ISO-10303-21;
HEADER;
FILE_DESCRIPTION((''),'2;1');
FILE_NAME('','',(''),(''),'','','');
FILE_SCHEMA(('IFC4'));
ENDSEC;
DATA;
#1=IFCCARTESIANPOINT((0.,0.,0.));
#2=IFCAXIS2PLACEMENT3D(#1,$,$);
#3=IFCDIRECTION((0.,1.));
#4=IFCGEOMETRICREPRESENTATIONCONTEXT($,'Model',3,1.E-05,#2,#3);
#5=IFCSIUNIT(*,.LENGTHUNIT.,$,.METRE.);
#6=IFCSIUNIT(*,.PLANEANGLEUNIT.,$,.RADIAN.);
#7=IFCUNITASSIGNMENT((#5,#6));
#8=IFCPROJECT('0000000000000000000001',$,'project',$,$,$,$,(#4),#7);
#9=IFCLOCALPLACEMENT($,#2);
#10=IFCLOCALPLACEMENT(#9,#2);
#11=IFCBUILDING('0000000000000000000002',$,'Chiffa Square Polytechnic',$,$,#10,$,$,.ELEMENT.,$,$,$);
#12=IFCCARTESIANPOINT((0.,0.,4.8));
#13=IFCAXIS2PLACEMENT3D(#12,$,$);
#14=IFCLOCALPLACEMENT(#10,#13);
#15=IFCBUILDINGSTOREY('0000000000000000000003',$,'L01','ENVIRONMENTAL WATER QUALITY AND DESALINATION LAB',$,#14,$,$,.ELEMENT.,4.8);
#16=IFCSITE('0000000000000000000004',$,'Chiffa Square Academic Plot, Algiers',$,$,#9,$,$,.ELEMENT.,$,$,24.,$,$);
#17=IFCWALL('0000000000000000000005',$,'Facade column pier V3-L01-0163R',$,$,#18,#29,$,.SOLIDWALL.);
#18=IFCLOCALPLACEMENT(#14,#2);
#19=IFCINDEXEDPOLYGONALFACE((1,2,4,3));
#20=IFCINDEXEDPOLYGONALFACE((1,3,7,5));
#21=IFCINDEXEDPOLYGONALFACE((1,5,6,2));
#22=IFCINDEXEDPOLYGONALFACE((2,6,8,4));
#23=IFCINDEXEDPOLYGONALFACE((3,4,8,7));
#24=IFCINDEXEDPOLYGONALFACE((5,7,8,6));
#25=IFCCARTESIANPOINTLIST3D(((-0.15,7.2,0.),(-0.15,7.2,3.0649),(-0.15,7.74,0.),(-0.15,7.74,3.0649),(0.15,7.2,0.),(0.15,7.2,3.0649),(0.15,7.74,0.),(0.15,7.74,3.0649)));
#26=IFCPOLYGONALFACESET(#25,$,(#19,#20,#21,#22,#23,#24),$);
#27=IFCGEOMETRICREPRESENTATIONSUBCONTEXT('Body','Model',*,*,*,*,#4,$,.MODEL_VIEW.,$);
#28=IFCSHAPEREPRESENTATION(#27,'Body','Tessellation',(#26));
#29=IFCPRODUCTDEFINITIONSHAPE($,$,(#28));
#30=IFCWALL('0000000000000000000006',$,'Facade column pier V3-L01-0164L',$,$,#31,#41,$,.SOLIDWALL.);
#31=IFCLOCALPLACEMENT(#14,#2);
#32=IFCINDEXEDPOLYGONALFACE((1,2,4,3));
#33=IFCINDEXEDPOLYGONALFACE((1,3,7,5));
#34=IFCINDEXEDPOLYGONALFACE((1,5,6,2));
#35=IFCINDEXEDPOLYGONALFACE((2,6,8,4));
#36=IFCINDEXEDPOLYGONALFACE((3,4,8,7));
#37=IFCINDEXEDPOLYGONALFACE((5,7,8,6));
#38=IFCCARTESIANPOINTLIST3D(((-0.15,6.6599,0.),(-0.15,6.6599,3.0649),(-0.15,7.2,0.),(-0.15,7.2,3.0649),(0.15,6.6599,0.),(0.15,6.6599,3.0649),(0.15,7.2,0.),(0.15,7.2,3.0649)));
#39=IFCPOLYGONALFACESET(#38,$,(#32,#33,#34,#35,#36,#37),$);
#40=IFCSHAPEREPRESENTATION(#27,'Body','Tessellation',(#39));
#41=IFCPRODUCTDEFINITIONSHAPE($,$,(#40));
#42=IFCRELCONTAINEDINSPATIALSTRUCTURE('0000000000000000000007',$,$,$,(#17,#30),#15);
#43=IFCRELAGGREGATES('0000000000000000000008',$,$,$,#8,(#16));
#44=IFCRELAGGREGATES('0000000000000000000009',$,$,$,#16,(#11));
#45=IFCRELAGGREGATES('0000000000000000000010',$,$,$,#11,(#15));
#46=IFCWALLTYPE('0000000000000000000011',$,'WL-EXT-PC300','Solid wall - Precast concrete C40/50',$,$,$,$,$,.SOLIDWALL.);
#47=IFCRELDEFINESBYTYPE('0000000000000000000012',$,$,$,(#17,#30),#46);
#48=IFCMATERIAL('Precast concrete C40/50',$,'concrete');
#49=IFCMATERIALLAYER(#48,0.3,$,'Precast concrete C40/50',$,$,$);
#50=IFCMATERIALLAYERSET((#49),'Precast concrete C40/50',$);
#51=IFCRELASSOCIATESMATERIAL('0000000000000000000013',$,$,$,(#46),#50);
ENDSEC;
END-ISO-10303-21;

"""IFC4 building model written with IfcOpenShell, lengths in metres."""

from ifc_helpers import new_model, si_unit, direction, frame, frame_2d, origin, place, context, subcontext, project, spatial, rectangle, extrude, material, layer, layer_set, type_object, element, save


model = new_model("IFC4")

# Units and contexts
model_context = context("Model", 3, precision=1e-05, world=origin(), true_north=direction((0.0, 1.0)))
body_context = subcontext(model_context, "Body", "Model", "MODEL_VIEW")
ifc_project = project(units=[si_unit("LENGTHUNIT", "METRE"), si_unit("PLANEANGLEUNIT", "RADIAN")], contexts=[model_context])

# Site, building, storey
site_placement = place(None, origin())
site = spatial("IfcSite", under=ifc_project, at=site_placement, Name="Chiffa Square Academic Plot, Algiers", CompositionType="ELEMENT", RefElevation=24.0)
building_placement = place(site_placement, origin())
building = spatial("IfcBuilding", under=site, at=building_placement, Name="Chiffa Square Polytechnic", CompositionType="ELEMENT")
storey_placement = place(building_placement, frame((0.0, 0.0, 4.8)))
storey = spatial("IfcBuildingStorey", under=building, at=storey_placement, Name="L01", Description="ENVIRONMENTAL WATER QUALITY AND DESALINATION LAB", CompositionType="ELEMENT", Elevation=4.8)

# Walls
ifc_material_1 = material(Name="Precast concrete C40/50", Category="concrete")
ifc_layer_1 = layer(ifc_material_1, 0.3, Name="Precast concrete C40/50")
ifc_layer_set_1 = layer_set([ifc_layer_1], Name="Precast concrete C40/50")
wall_type = type_object("IfcWallType", Name="WL-EXT-PC300", Description="Solid wall - Precast concrete C40/50", PredefinedType="SOLIDWALL", material=ifc_layer_set_1)
for number, where, z_axis, x_axis, name in (
    (1, (0.0, 7.74, 0.0), (0.0, 0.0, 1.0), (0.0, -1.0, 0.0), "Facade column pier V3-L01-0163R"),
    (2, (0.0, 7.2, 0.0), (0.0, 0.0, 1.0), (0.0, -1.0, 0.0), "Facade column pier V3-L01-0164L"),
):
    element("IfcWall", number, at=place(storey_placement, frame(where, z_axis=z_axis, x_axis=x_axis)), inside=storey, type_object=wall_type, Name=name, PredefinedType="SOLIDWALL", context=body_context, shape_type="SweptSolid", body=[
        extrude(rectangle(XDim=0.54, YDim=0.3, at=frame_2d((0.27, 0.0))), origin(), (0.0, 0.0, 1.0), 3.0649),
    ])

save(model, "model.ifc")
